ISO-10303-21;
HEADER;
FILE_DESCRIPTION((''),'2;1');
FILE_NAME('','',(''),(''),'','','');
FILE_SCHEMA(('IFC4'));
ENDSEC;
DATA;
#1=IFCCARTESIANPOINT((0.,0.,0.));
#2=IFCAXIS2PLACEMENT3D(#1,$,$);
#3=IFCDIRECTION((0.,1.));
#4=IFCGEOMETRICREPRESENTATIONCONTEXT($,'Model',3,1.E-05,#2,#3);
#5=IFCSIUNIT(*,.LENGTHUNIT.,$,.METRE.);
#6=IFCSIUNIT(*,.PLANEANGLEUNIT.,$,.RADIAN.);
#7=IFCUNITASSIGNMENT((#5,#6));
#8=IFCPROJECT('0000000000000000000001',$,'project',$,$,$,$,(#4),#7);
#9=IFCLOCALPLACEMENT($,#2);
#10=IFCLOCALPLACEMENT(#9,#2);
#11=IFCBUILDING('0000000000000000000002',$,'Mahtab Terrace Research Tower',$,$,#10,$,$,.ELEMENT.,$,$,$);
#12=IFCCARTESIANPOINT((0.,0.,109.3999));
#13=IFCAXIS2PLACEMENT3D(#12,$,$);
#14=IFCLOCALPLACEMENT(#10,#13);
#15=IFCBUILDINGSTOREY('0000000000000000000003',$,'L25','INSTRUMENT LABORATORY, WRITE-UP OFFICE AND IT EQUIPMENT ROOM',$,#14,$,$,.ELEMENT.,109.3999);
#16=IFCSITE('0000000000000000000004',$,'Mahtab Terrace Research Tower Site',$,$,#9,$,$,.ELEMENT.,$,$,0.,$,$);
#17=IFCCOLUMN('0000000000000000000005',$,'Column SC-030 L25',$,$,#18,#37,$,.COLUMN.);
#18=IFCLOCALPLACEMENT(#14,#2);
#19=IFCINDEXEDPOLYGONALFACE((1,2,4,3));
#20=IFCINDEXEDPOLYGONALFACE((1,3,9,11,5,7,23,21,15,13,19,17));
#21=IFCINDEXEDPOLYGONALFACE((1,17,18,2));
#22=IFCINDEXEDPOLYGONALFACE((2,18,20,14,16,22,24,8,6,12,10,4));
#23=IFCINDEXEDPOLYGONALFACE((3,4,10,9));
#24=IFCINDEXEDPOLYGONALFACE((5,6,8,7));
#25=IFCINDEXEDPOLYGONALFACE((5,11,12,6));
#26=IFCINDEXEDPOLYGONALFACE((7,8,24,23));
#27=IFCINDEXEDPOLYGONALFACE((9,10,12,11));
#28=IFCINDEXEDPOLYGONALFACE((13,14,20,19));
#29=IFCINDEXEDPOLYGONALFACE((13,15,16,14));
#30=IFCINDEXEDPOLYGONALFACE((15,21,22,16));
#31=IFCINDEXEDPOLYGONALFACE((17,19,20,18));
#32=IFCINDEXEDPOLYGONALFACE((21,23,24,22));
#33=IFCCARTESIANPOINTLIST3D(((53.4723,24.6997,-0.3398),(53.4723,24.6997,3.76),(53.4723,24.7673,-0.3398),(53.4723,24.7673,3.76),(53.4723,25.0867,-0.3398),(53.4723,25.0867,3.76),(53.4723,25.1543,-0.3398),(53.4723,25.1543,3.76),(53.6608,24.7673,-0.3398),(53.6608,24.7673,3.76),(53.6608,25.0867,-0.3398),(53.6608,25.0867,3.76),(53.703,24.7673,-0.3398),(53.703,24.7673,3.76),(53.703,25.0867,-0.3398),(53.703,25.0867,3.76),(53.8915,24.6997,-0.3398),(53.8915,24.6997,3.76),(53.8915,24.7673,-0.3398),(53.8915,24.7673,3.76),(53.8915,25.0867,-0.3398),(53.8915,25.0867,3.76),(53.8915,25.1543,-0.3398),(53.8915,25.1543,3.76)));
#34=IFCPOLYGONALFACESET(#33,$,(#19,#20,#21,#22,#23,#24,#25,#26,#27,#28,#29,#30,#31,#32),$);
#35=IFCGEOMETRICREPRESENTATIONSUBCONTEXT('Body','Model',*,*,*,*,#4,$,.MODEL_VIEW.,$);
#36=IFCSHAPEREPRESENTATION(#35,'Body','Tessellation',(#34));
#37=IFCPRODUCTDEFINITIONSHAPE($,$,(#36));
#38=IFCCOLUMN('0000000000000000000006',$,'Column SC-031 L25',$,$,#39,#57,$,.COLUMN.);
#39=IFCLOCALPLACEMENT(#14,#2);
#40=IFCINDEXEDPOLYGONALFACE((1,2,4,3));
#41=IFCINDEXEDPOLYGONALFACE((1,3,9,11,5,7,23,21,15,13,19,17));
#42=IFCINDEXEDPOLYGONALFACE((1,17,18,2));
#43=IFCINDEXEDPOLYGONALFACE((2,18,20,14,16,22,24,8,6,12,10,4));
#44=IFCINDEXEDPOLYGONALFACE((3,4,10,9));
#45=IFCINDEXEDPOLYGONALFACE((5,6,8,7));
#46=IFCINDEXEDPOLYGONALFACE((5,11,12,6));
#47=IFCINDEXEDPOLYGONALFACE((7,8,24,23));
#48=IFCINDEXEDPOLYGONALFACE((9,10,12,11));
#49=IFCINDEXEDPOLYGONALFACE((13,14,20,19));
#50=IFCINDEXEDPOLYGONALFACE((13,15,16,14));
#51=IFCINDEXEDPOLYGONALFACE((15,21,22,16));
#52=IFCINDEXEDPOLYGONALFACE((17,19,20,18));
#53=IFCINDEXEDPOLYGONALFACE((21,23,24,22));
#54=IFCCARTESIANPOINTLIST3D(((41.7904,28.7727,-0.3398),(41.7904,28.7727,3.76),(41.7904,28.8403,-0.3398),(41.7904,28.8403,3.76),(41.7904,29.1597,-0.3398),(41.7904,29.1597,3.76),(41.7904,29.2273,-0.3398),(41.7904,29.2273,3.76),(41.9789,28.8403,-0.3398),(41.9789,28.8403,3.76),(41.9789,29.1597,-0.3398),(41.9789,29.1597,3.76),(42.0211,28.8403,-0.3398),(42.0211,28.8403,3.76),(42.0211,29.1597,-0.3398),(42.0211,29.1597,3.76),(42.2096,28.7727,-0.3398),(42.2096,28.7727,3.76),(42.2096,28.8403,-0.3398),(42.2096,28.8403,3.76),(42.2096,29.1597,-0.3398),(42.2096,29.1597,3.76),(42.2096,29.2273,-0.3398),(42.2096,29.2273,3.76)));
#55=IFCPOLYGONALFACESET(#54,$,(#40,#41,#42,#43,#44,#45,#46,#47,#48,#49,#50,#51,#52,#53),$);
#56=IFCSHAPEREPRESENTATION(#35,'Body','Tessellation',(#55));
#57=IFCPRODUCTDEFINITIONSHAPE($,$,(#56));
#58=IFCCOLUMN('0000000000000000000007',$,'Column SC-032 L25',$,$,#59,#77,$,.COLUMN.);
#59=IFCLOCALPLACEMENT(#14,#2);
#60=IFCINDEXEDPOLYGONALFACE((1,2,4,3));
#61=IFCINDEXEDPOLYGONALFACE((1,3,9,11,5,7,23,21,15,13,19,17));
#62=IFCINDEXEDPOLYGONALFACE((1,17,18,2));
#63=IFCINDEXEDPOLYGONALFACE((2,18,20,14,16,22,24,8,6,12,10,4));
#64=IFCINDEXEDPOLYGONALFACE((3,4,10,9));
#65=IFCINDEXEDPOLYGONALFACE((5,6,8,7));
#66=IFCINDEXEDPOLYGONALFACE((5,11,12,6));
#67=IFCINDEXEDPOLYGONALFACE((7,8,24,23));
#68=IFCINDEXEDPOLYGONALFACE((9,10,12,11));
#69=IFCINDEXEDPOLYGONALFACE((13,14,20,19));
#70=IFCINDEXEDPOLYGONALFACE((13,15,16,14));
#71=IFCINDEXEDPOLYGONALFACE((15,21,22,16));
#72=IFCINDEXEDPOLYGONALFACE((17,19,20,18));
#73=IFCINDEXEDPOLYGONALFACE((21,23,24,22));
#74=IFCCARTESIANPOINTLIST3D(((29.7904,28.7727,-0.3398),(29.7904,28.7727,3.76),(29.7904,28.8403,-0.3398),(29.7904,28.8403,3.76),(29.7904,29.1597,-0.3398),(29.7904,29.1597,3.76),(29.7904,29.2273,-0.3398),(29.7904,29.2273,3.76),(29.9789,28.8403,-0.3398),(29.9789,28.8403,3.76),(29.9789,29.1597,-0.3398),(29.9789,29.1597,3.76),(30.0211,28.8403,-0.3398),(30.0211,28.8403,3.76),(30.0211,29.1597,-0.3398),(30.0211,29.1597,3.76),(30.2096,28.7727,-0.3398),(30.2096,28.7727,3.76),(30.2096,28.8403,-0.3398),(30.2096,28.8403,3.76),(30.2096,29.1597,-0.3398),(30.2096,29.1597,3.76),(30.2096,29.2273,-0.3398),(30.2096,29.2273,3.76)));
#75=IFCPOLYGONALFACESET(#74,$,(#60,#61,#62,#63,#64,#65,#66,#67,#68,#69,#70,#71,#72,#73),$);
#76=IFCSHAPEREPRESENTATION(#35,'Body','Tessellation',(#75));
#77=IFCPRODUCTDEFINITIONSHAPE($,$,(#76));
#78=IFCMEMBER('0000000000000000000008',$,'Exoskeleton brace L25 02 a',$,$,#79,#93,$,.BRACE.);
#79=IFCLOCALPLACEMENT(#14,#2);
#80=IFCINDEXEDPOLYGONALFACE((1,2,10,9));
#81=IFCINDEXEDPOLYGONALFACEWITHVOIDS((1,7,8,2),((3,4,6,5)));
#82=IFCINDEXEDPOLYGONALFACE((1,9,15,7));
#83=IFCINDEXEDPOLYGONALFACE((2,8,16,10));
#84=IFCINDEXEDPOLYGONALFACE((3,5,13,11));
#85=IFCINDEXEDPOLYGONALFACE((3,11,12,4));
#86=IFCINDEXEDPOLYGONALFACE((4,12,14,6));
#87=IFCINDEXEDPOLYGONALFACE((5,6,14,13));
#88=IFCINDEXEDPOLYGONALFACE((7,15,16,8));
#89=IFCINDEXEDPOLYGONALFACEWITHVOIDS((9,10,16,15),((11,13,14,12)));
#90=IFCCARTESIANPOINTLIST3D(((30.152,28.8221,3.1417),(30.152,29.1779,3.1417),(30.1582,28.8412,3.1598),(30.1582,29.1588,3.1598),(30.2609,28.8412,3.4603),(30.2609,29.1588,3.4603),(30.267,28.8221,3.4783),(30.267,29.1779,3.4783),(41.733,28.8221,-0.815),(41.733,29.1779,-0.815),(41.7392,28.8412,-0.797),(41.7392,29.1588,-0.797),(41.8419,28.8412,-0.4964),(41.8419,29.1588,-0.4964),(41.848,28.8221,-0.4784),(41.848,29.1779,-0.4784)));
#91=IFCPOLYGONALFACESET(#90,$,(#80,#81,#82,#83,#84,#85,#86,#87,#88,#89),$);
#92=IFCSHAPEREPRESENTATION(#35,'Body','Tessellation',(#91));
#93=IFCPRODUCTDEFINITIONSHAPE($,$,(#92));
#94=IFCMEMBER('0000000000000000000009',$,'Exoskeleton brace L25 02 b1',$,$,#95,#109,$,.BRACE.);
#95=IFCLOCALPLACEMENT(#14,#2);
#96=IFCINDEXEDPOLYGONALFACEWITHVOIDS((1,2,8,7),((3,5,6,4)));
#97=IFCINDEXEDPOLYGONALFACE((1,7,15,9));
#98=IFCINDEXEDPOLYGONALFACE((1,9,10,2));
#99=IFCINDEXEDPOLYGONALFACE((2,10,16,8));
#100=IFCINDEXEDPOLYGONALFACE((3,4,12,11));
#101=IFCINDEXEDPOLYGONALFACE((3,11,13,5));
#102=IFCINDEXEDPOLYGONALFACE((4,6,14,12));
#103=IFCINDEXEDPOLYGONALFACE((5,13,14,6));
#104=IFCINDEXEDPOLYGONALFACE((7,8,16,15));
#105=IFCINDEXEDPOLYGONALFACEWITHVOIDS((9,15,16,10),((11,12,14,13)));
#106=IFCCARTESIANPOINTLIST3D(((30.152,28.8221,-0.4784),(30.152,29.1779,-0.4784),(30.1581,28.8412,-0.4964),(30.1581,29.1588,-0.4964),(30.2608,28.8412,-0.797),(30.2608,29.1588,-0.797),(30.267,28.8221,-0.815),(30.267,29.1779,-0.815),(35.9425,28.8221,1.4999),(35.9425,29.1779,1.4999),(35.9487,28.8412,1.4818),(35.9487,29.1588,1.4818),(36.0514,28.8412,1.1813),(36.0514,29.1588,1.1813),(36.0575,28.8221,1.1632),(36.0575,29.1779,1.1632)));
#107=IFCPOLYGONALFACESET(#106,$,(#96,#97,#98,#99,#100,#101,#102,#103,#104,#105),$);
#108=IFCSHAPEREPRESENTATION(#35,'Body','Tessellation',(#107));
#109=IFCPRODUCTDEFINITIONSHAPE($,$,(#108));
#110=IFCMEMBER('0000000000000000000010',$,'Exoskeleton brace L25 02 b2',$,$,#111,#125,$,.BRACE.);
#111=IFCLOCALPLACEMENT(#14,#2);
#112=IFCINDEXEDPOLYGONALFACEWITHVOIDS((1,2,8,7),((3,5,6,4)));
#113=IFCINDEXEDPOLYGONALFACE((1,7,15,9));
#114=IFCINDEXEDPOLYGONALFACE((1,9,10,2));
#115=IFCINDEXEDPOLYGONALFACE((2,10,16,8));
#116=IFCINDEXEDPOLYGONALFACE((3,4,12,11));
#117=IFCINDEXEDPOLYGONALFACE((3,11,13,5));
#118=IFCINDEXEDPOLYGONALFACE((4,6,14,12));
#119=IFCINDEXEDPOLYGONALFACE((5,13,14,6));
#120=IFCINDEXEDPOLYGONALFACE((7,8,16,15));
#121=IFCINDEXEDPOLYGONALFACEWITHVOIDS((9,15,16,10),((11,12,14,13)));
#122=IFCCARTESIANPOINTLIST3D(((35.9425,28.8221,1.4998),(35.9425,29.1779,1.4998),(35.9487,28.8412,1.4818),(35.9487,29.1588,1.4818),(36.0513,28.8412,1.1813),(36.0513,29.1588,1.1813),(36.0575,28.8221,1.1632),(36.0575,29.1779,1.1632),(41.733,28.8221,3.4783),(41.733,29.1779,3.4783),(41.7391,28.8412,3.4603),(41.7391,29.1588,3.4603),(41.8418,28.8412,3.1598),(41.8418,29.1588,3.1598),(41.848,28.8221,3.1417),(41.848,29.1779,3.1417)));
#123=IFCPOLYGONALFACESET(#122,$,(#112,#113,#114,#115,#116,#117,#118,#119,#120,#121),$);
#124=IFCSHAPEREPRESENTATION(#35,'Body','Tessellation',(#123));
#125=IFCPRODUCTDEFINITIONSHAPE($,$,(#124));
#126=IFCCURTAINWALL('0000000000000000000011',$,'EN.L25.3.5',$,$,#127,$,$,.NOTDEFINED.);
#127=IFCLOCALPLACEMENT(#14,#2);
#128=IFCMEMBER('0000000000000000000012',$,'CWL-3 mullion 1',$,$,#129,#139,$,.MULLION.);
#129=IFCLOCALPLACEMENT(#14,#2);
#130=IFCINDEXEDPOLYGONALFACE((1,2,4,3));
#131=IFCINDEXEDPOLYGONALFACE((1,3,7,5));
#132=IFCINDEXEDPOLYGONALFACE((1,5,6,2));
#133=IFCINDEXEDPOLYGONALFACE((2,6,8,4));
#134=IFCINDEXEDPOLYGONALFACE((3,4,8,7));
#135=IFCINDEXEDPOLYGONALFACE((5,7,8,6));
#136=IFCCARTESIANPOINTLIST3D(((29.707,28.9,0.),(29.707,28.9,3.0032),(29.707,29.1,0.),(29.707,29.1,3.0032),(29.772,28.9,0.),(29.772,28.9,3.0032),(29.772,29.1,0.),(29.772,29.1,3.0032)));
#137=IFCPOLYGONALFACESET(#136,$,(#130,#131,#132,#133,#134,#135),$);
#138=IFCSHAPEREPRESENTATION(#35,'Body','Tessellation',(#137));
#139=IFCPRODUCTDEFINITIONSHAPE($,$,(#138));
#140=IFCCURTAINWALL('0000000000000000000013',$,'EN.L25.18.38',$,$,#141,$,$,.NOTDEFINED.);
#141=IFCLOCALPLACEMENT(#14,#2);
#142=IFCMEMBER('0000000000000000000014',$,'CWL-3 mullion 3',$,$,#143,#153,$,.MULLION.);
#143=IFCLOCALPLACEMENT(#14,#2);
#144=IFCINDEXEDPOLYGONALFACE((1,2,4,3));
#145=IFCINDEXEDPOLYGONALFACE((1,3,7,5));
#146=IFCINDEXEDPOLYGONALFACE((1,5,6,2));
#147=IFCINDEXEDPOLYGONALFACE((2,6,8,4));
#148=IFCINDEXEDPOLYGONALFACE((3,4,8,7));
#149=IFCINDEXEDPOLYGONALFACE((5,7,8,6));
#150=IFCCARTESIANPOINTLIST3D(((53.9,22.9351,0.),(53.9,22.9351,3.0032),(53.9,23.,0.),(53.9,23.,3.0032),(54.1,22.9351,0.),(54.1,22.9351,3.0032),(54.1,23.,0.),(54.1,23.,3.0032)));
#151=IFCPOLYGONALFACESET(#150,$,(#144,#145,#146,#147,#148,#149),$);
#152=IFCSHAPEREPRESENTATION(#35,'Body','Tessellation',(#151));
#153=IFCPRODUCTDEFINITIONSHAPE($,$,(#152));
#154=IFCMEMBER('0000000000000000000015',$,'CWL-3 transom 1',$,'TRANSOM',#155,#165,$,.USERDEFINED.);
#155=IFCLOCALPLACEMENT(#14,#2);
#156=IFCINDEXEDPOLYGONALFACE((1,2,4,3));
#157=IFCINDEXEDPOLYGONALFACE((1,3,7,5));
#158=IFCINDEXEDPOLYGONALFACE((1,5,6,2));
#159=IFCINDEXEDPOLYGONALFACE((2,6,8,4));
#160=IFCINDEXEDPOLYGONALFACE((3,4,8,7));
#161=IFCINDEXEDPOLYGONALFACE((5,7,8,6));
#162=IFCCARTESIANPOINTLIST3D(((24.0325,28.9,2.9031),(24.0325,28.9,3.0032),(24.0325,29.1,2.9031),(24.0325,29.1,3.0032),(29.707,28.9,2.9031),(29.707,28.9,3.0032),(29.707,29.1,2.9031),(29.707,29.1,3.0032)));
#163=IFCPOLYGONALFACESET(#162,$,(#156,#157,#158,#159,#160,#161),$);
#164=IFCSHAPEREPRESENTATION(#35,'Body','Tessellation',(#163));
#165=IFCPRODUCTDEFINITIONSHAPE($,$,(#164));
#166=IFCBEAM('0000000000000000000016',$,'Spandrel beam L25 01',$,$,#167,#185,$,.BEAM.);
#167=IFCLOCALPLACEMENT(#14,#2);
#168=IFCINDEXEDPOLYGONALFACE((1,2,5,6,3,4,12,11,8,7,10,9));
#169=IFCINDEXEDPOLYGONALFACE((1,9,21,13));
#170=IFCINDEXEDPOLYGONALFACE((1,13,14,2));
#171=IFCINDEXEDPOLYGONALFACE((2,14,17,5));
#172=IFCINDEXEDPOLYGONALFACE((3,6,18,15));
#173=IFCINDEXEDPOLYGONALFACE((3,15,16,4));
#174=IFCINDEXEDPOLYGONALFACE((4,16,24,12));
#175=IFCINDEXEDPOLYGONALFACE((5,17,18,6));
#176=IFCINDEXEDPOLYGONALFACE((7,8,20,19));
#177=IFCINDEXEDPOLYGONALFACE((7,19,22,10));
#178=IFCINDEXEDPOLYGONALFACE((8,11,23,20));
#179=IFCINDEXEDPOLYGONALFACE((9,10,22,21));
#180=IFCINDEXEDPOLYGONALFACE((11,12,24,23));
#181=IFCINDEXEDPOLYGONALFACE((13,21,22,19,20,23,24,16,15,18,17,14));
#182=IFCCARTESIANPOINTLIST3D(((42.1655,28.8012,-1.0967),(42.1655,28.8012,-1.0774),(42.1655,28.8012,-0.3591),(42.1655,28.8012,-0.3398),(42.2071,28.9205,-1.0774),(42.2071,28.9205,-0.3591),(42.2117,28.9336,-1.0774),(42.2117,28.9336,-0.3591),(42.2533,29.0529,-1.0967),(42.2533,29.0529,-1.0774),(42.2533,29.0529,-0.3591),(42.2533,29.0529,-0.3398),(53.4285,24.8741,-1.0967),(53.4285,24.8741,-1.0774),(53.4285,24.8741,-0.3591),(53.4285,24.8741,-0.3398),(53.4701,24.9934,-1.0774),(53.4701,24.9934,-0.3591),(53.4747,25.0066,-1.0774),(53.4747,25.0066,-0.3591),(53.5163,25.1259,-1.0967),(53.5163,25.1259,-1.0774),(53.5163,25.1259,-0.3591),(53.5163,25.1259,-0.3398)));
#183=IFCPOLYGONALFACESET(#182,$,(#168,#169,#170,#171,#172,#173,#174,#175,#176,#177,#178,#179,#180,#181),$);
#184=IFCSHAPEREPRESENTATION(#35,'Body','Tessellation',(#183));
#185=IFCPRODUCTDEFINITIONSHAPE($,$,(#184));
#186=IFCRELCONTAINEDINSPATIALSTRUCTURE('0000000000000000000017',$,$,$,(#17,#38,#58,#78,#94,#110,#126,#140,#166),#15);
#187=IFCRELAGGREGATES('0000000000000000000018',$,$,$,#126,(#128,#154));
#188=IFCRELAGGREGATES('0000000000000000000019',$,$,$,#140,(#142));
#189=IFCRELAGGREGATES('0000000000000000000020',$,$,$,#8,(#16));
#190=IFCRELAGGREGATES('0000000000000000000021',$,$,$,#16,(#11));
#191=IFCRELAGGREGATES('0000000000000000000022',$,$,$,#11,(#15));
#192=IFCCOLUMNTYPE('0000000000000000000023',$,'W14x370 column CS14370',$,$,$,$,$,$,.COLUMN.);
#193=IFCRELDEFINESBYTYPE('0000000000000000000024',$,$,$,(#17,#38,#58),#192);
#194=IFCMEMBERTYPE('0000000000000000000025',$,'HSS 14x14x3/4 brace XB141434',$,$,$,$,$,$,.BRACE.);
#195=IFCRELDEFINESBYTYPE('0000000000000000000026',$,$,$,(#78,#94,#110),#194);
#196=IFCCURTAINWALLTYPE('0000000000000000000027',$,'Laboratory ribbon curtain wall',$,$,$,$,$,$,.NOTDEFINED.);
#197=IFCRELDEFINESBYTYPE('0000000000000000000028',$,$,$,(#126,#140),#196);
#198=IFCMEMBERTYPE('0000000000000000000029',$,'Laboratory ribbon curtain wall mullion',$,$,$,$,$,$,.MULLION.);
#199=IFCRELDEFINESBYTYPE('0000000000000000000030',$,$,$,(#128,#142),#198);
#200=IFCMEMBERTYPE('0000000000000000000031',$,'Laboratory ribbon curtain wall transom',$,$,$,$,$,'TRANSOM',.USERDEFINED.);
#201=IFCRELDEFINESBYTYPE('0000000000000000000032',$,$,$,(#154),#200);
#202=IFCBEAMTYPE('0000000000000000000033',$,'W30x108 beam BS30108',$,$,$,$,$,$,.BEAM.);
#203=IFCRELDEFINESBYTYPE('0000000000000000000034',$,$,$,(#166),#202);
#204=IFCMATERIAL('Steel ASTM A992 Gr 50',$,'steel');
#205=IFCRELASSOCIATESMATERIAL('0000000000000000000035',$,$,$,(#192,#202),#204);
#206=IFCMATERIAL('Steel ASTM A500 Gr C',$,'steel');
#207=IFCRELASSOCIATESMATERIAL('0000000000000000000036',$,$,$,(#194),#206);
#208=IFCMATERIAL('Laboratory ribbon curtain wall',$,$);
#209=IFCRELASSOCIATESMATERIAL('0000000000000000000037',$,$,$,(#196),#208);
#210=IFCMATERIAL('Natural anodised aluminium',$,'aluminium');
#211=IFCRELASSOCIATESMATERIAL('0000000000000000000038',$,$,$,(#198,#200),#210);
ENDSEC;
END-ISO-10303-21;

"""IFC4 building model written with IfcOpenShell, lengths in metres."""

from ifc_helpers import new_model, si_unit, direction, frame, origin, origin_2d, place, context, subcontext, project, spatial, rectangle, hollow_rectangle, i_section, extrude, material, material_profile, profile_set, type_object, element, aggregate, save


model = new_model("IFC4")

# Units and contexts
model_context = context("Model", 3, precision=1e-05, world=origin(), true_north=direction((0.0, 1.0)))
body_context = subcontext(model_context, "Body", "Model", "MODEL_VIEW")
ifc_project = project(units=[si_unit("LENGTHUNIT", "METRE"), si_unit("PLANEANGLEUNIT", "RADIAN")], contexts=[model_context])

# Site, building, storey
site_placement = place(None, origin())
site = spatial("IfcSite", under=ifc_project, at=site_placement, Name="Mahtab Terrace Research Tower Site", CompositionType="ELEMENT", RefElevation=0.0)
building_placement = place(site_placement, origin())
building = spatial("IfcBuilding", under=site, at=building_placement, Name="Mahtab Terrace Research Tower", CompositionType="ELEMENT")
storey_placement = place(building_placement, frame((0.0, 0.0, 109.3999)))
storey = spatial("IfcBuildingStorey", under=building, at=storey_placement, Name="L25", Description="INSTRUMENT LABORATORY, WRITE-UP OFFICE AND IT EQUIPMENT ROOM", CompositionType="ELEMENT", Elevation=109.3999)

# Columns
ifc_material_1 = material(Name="Steel ASTM A992 Gr 50", Category="steel")
ifc_material_profile_1 = material_profile(ifc_material_1, i_section(OverallWidth=0.4192, OverallDepth=0.4546, WebThickness=0.0422, FlangeThickness=0.0676, at=origin_2d()), Name="W14X370")
ifc_profile_set_1 = profile_set([ifc_material_profile_1], Name="Steel ASTM A992 Gr 50")
column_type = type_object("IfcColumnType", Name="W14x370 column CS14370", PredefinedType="COLUMN", material=ifc_profile_set_1)
for number, where, z_axis, x_axis, name in (
    (1, (53.6819, 24.927, -0.3398), (0.0, 0.0, 1.0), (1.0, 0.0, 0.0), "Column SC-030 L25"),
    (2, (42.0, 29.0, -0.3398), (0.0, 0.0, 1.0), (1.0, 0.0, 0.0), "Column SC-031 L25"),
    (3, (30.0, 29.0, -0.3398), (0.0, 0.0, 1.0), (1.0, 0.0, 0.0), "Column SC-032 L25"),
):
    element("IfcColumn", number, at=place(storey_placement, frame(where, z_axis=z_axis, x_axis=x_axis)), inside=storey, type_object=column_type, Name=name, PredefinedType="COLUMN", context=body_context, shape_type="SweptSolid", body=[
        extrude(i_section(OverallWidth=0.4192, OverallDepth=0.4546, WebThickness=0.0422, FlangeThickness=0.0676, at=origin_2d()), origin(), (0.0, 0.0, 1.0), 4.0999),
    ])

# Members
ifc_material_2 = material(Name="Steel ASTM A500 Gr C", Category="steel")
ifc_material_profile_2 = material_profile(ifc_material_2, hollow_rectangle(XDim=0.3557, YDim=0.3557, WallThickness=0.019, at=origin_2d()), Name="HSS14X14X3/4")
ifc_profile_set_2 = profile_set([ifc_material_profile_2], Name="Steel ASTM A500 Gr C")
member_type_1 = type_object("IfcMemberType", Name="HSS 14x14x3/4 brace XB141434", PredefinedType="BRACE", material=ifc_profile_set_2)
member_1_placement = place(storey_placement, frame((41.7905, 29.0, -0.6467), z_axis=(-0.946293, 0.0, 0.323311), x_axis=(0.0, -1.0, 0.0)))
element("IfcMember", 4, at=member_1_placement, inside=storey, type_object=member_type_1, Name="Exoskeleton brace L25 02 a", PredefinedType="BRACE", context=body_context, shape_type="SweptSolid", body=[
    extrude(hollow_rectangle(XDim=0.3557, YDim=0.3557, WallThickness=0.019, at=origin_2d()), origin(), (0.0, 0.0, 1.0), 12.2383),
])
for number, where, z_axis, x_axis, name in (
    (5, (30.2095, 29.0, -0.6467), (0.946299, 0.0, 0.323293), (0.0, 1.0, 0.0), "Exoskeleton brace L25 02 b1"),
    (6, (36.0, 29.0, 1.3315), (0.946287, 0.0, 0.323329), (0.0, 1.0, 0.0), "Exoskeleton brace L25 02 b2"),
):
    element("IfcMember", number, at=place(storey_placement, frame(where, z_axis=z_axis, x_axis=x_axis)), inside=storey, type_object=member_type_1, Name=name, PredefinedType="BRACE", context=body_context, shape_type="SweptSolid", body=[
        extrude(hollow_rectangle(XDim=0.3557, YDim=0.3557, WallThickness=0.019, at=origin_2d()), origin(), (0.0, 0.0, 1.0), 6.1191),
    ])

# Curtain walls, members
ifc_material_3 = material(Name="Laboratory ribbon curtain wall")
curtain_wall_type = type_object("IfcCurtainWallType", Name="Laboratory ribbon curtain wall", PredefinedType="NOTDEFINED", material=ifc_material_3)
curtain_wall_1_placement = place(storey_placement, origin())
curtain_wall_1 = element("IfcCurtainWall", 7, at=curtain_wall_1_placement, inside=storey, type_object=curtain_wall_type, Name="EN.L25.3.5", PredefinedType="NOTDEFINED")
ifc_material_4 = material(Name="Natural anodised aluminium", Category="aluminium")
ifc_material_profile_3 = material_profile(ifc_material_4, rectangle(XDim=0.2, YDim=0.0649, at=origin_2d()), Name="MULLION 65x200")
ifc_profile_set_3 = profile_set([ifc_material_profile_3], Name="Natural anodised aluminium")
member_type_2 = type_object("IfcMemberType", Name="Laboratory ribbon curtain wall mullion", PredefinedType="MULLION", material=ifc_profile_set_3)
member_2_placement = place(storey_placement, frame((29.7395, 29.0, 0.0), z_axis=(0.0, 0.0, 1.0), x_axis=(0.0, -1.0, 0.0)))
member_2 = element("IfcMember", 8, at=member_2_placement, type_object=member_type_2, Name="CWL-3 mullion 1", PredefinedType="MULLION", context=body_context, shape_type="SweptSolid", body=[
    extrude(rectangle(XDim=0.2, YDim=0.0649, at=origin_2d()), origin(), (0.0, 0.0, 1.0), 3.0032),
])
curtain_wall_2_placement = place(storey_placement, origin())
curtain_wall_2 = element("IfcCurtainWall", 9, at=curtain_wall_2_placement, inside=storey, type_object=curtain_wall_type, Name="EN.L25.18.38", PredefinedType="NOTDEFINED")
member_3_placement = place(storey_placement, frame((54.0, 22.9675, 0.0), z_axis=(0.0, 0.0, 1.0), x_axis=(-1.0, 0.0, 0.0)))
member_3 = element("IfcMember", 10, at=member_3_placement, type_object=member_type_2, Name="CWL-3 mullion 3", PredefinedType="MULLION", context=body_context, shape_type="SweptSolid", body=[
    extrude(rectangle(XDim=0.2, YDim=0.0649, at=origin_2d()), origin(), (0.0, 0.0, 1.0), 3.0032),
])

# Member
ifc_material_profile_4 = material_profile(ifc_material_4, rectangle(XDim=0.2, YDim=0.1001, at=origin_2d()), Name="TRANSOM 100x200")
ifc_profile_set_4 = profile_set([ifc_material_profile_4], Name="Natural anodised aluminium")
member_type_3 = type_object("IfcMemberType", Name="Laboratory ribbon curtain wall transom", ElementType="TRANSOM", PredefinedType="USERDEFINED", material=ifc_profile_set_4)
member_4_placement = place(storey_placement, frame((29.707, 29.0, 2.9531), z_axis=(-1.0, 0.0, 0.0), x_axis=(0.0, -1.0, 0.0)))
member_4 = element("IfcMember", 11, at=member_4_placement, type_object=member_type_3, Name="CWL-3 transom 1", ObjectType="TRANSOM", PredefinedType="USERDEFINED", context=body_context, shape_type="SweptSolid", body=[
    extrude(rectangle(XDim=0.2, YDim=0.1001, at=origin_2d()), origin(), (0.0, 0.0, 1.0), 5.6746),
])
aggregate(curtain_wall_1, [member_2, member_4])

# Beam
ifc_material_profile_5 = material_profile(ifc_material_1, i_section(OverallWidth=0.2666, OverallDepth=0.7568, WebThickness=0.0139, FlangeThickness=0.0193, at=origin_2d()), Name="W30X108")
ifc_profile_set_5 = profile_set([ifc_material_profile_5], Name="Steel ASTM A992 Gr 50")
beam_type = type_object("IfcBeamType", Name="W30x108 beam BS30108", PredefinedType="BEAM", material=ifc_profile_set_5)
beam_placement = place(storey_placement, frame((53.4724, 25.0, -0.7183), z_axis=(-0.944251, 0.329228, 0.0), x_axis=(-0.329228, -0.944251, 0.0)))
element("IfcBeam", 12, at=beam_placement, inside=storey, type_object=beam_type, Name="Spandrel beam L25 01", PredefinedType="BEAM", context=body_context, shape_type="SweptSolid", body=[
    extrude(i_section(OverallWidth=0.2666, OverallDepth=0.7568, WebThickness=0.0139, FlangeThickness=0.0193, at=origin_2d()), origin(), (0.0, 0.0, 1.0), 11.928),
])

aggregate(curtain_wall_2, [member_3])

save(model, "model.ifc")
